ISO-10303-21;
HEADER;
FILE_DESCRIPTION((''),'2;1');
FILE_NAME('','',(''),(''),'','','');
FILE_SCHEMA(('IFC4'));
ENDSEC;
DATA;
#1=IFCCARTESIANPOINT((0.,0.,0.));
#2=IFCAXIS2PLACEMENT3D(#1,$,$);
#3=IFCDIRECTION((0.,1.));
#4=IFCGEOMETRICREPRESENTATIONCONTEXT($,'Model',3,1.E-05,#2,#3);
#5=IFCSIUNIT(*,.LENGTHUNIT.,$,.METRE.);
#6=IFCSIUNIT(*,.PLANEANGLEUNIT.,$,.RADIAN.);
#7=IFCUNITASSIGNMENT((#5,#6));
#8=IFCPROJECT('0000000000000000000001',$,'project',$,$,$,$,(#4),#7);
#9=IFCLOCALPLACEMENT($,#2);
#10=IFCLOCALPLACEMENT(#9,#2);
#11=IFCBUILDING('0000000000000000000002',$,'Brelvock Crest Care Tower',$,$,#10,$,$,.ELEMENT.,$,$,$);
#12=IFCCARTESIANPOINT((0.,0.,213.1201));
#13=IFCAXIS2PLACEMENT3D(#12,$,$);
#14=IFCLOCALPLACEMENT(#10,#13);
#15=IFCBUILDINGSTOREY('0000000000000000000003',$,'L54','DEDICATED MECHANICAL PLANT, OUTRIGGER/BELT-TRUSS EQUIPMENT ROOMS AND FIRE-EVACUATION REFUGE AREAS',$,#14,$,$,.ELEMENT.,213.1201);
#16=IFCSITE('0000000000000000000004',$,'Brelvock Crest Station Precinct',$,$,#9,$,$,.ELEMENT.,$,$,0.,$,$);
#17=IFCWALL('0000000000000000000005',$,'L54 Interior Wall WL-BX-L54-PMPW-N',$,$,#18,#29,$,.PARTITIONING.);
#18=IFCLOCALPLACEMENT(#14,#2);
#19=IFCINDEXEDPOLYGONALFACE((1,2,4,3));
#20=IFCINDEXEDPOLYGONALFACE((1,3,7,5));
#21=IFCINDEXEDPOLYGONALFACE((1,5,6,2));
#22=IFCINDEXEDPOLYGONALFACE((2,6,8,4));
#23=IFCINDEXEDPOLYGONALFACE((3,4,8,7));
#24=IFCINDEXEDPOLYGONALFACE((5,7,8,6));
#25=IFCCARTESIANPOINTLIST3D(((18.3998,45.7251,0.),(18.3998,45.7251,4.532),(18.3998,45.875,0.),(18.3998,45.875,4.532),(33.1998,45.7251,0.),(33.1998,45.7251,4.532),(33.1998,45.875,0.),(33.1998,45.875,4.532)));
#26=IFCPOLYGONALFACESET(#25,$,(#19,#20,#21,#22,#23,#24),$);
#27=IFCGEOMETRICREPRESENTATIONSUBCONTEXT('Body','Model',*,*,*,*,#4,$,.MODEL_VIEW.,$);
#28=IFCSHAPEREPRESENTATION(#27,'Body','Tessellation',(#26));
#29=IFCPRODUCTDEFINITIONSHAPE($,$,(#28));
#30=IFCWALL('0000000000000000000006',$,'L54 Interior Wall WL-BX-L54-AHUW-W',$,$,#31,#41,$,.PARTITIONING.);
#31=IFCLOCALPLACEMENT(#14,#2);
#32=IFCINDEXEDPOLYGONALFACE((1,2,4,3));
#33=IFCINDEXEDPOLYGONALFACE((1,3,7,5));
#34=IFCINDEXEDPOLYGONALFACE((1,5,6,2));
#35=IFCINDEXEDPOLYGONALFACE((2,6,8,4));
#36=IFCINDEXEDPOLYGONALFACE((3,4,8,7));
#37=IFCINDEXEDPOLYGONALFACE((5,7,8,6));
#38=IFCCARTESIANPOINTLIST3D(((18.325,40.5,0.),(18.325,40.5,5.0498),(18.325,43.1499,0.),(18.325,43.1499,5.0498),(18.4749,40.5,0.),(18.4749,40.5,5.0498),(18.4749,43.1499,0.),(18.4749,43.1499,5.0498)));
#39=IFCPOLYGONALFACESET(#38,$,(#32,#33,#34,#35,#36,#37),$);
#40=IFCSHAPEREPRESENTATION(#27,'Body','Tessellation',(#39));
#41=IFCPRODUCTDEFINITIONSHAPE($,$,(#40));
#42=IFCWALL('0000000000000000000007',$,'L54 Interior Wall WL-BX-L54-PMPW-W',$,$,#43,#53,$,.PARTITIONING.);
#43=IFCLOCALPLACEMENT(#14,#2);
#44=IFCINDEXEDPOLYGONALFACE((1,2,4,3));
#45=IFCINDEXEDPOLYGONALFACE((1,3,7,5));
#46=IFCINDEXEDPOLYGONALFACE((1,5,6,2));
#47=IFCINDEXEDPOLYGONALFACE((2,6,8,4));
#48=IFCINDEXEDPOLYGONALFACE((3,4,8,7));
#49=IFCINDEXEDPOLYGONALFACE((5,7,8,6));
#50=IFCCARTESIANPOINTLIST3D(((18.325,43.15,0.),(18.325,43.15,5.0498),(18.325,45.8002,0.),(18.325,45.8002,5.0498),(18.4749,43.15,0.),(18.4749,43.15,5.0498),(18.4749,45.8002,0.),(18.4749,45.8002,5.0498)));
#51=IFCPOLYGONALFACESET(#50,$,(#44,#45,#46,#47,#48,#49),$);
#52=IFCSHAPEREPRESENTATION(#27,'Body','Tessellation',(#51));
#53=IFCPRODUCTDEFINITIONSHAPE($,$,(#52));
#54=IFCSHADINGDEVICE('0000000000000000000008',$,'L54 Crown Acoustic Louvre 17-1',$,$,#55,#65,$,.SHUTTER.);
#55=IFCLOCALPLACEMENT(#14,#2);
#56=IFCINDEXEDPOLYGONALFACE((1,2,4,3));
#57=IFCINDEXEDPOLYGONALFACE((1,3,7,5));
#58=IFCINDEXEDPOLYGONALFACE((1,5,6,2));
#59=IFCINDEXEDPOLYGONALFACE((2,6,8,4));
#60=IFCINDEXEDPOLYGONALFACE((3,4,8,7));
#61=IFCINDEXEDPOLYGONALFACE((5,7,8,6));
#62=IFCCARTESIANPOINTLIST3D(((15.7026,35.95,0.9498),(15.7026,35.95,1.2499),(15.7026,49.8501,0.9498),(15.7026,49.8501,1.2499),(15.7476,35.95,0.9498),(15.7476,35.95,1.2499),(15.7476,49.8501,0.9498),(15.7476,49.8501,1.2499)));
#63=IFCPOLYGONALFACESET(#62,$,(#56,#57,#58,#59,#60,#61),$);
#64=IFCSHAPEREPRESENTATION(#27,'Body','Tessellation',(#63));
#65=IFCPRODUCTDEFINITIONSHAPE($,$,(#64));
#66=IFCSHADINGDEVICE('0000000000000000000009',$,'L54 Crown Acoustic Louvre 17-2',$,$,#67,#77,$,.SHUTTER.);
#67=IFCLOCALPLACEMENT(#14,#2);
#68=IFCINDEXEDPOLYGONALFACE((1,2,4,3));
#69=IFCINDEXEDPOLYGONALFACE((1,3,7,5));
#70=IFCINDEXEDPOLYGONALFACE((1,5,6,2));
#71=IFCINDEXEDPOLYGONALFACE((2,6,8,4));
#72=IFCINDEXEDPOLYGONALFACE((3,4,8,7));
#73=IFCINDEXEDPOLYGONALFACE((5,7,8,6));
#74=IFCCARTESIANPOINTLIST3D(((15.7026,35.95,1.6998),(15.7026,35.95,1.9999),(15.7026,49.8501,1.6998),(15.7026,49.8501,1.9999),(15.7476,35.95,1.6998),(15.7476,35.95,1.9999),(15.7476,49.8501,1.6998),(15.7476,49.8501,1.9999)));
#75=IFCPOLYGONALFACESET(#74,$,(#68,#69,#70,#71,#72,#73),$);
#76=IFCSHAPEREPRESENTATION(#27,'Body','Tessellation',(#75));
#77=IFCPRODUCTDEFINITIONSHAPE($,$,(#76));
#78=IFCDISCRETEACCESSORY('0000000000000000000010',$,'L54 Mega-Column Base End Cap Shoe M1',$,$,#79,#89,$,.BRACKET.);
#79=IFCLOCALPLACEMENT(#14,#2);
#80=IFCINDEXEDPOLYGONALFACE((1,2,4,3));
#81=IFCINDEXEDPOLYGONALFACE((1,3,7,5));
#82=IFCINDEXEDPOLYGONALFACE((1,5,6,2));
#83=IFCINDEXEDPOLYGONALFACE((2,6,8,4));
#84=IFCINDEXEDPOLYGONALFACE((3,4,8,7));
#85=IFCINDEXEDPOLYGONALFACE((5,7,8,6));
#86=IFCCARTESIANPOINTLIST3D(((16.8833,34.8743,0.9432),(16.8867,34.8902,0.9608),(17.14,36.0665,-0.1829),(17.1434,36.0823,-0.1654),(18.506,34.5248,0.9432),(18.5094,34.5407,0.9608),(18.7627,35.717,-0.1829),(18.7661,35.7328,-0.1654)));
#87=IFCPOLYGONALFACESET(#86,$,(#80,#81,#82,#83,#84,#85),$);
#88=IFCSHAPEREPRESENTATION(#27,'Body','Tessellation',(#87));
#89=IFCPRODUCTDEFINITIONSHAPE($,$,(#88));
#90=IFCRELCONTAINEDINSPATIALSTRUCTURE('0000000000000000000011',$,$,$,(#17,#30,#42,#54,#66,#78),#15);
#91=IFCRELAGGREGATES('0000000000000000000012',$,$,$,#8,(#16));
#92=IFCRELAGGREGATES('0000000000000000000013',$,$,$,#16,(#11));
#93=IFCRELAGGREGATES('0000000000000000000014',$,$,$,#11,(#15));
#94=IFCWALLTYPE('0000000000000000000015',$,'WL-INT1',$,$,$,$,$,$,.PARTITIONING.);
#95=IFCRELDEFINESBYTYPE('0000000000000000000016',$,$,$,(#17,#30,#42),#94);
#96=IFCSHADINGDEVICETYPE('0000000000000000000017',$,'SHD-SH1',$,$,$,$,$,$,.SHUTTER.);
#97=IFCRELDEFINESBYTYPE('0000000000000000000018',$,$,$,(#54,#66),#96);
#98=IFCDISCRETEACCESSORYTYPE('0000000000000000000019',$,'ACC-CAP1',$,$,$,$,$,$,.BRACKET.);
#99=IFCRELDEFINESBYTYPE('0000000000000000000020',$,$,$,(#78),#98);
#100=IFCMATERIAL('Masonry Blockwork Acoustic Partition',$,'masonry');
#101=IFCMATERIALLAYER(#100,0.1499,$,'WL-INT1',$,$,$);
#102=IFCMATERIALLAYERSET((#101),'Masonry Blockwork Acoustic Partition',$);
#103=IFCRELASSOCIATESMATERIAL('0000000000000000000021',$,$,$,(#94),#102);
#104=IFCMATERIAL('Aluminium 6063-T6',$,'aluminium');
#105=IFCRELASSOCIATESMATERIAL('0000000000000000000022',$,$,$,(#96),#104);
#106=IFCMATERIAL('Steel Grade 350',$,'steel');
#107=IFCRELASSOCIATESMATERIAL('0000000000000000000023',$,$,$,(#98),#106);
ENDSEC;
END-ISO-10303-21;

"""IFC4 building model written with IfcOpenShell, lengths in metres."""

from ifc_helpers import new_model, si_unit, direction, frame, frame_2d, origin, origin_2d, place, context, subcontext, project, spatial, rectangle, extrude, source, transform, mapped, material, layer, layer_set, material_profile, profile_set, type_object, element, save


model = new_model("IFC4")

# Units and contexts
model_context = context("Model", 3, precision=1e-05, world=origin(), true_north=direction((0.0, 1.0)))
body_context = subcontext(model_context, "Body", "Model", "MODEL_VIEW")
ifc_project = project(units=[si_unit("LENGTHUNIT", "METRE"), si_unit("PLANEANGLEUNIT", "RADIAN")], contexts=[model_context])

# Site, building, storey
site_placement = place(None, origin())
site = spatial("IfcSite", under=ifc_project, at=site_placement, Name="Brelvock Crest Station Precinct", CompositionType="ELEMENT", RefElevation=0.0)
building_placement = place(site_placement, origin())
building = spatial("IfcBuilding", under=site, at=building_placement, Name="Brelvock Crest Care Tower", CompositionType="ELEMENT")
storey_placement = place(building_placement, frame((0.0, 0.0, 213.1201)))
storey = spatial("IfcBuildingStorey", under=building, at=storey_placement, Name="L54", Description="DEDICATED MECHANICAL PLANT, OUTRIGGER/BELT-TRUSS EQUIPMENT ROOMS AND FIRE-EVACUATION REFUGE AREAS", CompositionType="ELEMENT", Elevation=213.1201)

# Shared definitions
ifc_material_1 = material(Name="Steel Grade 350", Category="steel")

# Walls
ifc_material_2 = material(Name="Masonry Blockwork Acoustic Partition", Category="masonry")
ifc_layer_1 = layer(ifc_material_2, 0.1499, Name="WL-INT1")
ifc_layer_set_1 = layer_set([ifc_layer_1], Name="Masonry Blockwork Acoustic Partition")
wall_type_1 = type_object("IfcWallType", Name="WL-INT1", PredefinedType="PARTITIONING", material=ifc_layer_set_1)
for number, where, z_axis, x_axis, name in (
    (1, (18.3999, 45.8, 0.0), (0.0, 0.0, 1.0), (1.0, 0.0, 0.0), "L54 Interior Wall WL-BX-L54-PMPW-N"),
):
    element("IfcWall", number, at=place(storey_placement, frame(where, z_axis=z_axis, x_axis=x_axis)), inside=storey, type_object=wall_type_1, Name=name, PredefinedType="PARTITIONING", context=body_context, shape_type="SweptSolid", body=[
        extrude(rectangle(XDim=14.8, YDim=0.1499, at=frame_2d((7.3999, 0.0))), origin(), (0.0, 0.0, 1.0), 4.532),
    ])
wall_1_placement = place(storey_placement, frame((18.3999, 40.5, 0.0), z_axis=(0.0, 0.0, 1.0), x_axis=(0.0, 1.0, 0.0)))
element("IfcWall", 2, at=wall_1_placement, inside=storey, type_object=wall_type_1, Name="L54 Interior Wall WL-BX-L54-AHUW-W", PredefinedType="PARTITIONING", context=body_context, shape_type="SweptSolid", body=[
    extrude(rectangle(XDim=2.6499, YDim=0.1499, at=frame_2d((1.325, 0.0))), origin(), (0.0, 0.0, 1.0), 5.0498),
])
wall_2_placement = place(storey_placement, frame((18.3999, 43.1499, 0.0), z_axis=(0.0, 0.0, 1.0), x_axis=(0.0, 1.0, 0.0)))
element("IfcWall", 3, at=wall_2_placement, inside=storey, type_object=wall_type_1, Name="L54 Interior Wall WL-BX-L54-PMPW-W", PredefinedType="PARTITIONING", context=body_context, shape_type="SweptSolid", body=[
    extrude(rectangle(XDim=2.6501, YDim=0.1499, at=frame_2d((1.3252, 0.0))), origin(), (0.0, 0.0, 1.0), 5.0498),
])

# Shading devices
ifc_material_3 = material(Name="Aluminium 6063-T6", Category="aluminium")
ifc_material_profile_1 = material_profile(ifc_material_3, rectangle(XDim=0.0449, YDim=0.3, at=origin_2d()), Name="LOUVRE45x300")
ifc_profile_set_1 = profile_set([ifc_material_profile_1], Name="Aluminium 6063-T6")
shading_device_type = type_object("IfcShadingDeviceType", Name="SHD-SH1", PredefinedType="SHUTTER", material=ifc_profile_set_1)
shared_shape_1 = source(origin(), body_context, "Body", "SweptSolid", [
    extrude(rectangle(XDim=0.0449, YDim=0.3, at=origin_2d()), origin(), (0.0, 0.0, 1.0), 13.9001),
])
for number, where, z_axis, x_axis, name in (
    (4, (15.7251, 35.95, 1.0999), (0.0, 1.0, 0.0), (-1.0, 0.0, 0.0), "L54 Crown Acoustic Louvre 17-1"),
    (5, (15.7251, 35.95, 1.8499), (0.0, 1.0, 0.0), (-1.0, 0.0, 0.0), "L54 Crown Acoustic Louvre 17-2"),
):
    element("IfcShadingDevice", number, at=place(storey_placement, frame(where, z_axis=z_axis, x_axis=x_axis)), inside=storey, type_object=shading_device_type, Name=name, PredefinedType="SHUTTER", context=body_context, shape_type="MappedRepresentation", body=[
        mapped(shared_shape_1, transform((0.0, 0.0, 0.0), x_axis=(1.0, 0.0, 0.0), y_axis=(0.0, 1.0, 0.0), z_axis=(0.0, 0.0, 1.0), scale=1.0)),
    ])

# Discrete accessory
ifc_material_profile_2 = material_profile(ifc_material_1, rectangle(XDim=1.6599, YDim=1.6599, at=origin_2d()), Name="ACC-CAP1")
ifc_profile_set_2 = profile_set([ifc_material_profile_2], Name="Steel Grade 350")
discrete_accessory_type = type_object("IfcDiscreteAccessoryType", Name="ACC-CAP1", PredefinedType="BRACKET", material=ifc_profile_set_2)
shared_shape_2 = source(origin(), body_context, "Body", "SweptSolid", [
    extrude(rectangle(XDim=1.6599, YDim=1.6599, at=origin_2d()), origin(), (0.0, 0.0, 1.0), 0.0239),
])
discrete_accessory_placement = place(storey_placement, frame((17.823, 35.2957, 0.3801), z_axis=(0.14285, 0.663231, 0.734656), x_axis=(-0.977582, 0.210556, 0.0)))
element("IfcDiscreteAccessory", 6, at=discrete_accessory_placement, inside=storey, type_object=discrete_accessory_type, Name="L54 Mega-Column Base End Cap Shoe M1", PredefinedType="BRACKET", context=body_context, shape_type="MappedRepresentation", body=[
    mapped(shared_shape_2, transform((0.0, 0.0, 0.0), x_axis=(1.0, 0.0, 0.0), y_axis=(0.0, 1.0, 0.0), z_axis=(0.0, 0.0, 1.0), scale=1.0)),
])

save(model, "model.ifc")
